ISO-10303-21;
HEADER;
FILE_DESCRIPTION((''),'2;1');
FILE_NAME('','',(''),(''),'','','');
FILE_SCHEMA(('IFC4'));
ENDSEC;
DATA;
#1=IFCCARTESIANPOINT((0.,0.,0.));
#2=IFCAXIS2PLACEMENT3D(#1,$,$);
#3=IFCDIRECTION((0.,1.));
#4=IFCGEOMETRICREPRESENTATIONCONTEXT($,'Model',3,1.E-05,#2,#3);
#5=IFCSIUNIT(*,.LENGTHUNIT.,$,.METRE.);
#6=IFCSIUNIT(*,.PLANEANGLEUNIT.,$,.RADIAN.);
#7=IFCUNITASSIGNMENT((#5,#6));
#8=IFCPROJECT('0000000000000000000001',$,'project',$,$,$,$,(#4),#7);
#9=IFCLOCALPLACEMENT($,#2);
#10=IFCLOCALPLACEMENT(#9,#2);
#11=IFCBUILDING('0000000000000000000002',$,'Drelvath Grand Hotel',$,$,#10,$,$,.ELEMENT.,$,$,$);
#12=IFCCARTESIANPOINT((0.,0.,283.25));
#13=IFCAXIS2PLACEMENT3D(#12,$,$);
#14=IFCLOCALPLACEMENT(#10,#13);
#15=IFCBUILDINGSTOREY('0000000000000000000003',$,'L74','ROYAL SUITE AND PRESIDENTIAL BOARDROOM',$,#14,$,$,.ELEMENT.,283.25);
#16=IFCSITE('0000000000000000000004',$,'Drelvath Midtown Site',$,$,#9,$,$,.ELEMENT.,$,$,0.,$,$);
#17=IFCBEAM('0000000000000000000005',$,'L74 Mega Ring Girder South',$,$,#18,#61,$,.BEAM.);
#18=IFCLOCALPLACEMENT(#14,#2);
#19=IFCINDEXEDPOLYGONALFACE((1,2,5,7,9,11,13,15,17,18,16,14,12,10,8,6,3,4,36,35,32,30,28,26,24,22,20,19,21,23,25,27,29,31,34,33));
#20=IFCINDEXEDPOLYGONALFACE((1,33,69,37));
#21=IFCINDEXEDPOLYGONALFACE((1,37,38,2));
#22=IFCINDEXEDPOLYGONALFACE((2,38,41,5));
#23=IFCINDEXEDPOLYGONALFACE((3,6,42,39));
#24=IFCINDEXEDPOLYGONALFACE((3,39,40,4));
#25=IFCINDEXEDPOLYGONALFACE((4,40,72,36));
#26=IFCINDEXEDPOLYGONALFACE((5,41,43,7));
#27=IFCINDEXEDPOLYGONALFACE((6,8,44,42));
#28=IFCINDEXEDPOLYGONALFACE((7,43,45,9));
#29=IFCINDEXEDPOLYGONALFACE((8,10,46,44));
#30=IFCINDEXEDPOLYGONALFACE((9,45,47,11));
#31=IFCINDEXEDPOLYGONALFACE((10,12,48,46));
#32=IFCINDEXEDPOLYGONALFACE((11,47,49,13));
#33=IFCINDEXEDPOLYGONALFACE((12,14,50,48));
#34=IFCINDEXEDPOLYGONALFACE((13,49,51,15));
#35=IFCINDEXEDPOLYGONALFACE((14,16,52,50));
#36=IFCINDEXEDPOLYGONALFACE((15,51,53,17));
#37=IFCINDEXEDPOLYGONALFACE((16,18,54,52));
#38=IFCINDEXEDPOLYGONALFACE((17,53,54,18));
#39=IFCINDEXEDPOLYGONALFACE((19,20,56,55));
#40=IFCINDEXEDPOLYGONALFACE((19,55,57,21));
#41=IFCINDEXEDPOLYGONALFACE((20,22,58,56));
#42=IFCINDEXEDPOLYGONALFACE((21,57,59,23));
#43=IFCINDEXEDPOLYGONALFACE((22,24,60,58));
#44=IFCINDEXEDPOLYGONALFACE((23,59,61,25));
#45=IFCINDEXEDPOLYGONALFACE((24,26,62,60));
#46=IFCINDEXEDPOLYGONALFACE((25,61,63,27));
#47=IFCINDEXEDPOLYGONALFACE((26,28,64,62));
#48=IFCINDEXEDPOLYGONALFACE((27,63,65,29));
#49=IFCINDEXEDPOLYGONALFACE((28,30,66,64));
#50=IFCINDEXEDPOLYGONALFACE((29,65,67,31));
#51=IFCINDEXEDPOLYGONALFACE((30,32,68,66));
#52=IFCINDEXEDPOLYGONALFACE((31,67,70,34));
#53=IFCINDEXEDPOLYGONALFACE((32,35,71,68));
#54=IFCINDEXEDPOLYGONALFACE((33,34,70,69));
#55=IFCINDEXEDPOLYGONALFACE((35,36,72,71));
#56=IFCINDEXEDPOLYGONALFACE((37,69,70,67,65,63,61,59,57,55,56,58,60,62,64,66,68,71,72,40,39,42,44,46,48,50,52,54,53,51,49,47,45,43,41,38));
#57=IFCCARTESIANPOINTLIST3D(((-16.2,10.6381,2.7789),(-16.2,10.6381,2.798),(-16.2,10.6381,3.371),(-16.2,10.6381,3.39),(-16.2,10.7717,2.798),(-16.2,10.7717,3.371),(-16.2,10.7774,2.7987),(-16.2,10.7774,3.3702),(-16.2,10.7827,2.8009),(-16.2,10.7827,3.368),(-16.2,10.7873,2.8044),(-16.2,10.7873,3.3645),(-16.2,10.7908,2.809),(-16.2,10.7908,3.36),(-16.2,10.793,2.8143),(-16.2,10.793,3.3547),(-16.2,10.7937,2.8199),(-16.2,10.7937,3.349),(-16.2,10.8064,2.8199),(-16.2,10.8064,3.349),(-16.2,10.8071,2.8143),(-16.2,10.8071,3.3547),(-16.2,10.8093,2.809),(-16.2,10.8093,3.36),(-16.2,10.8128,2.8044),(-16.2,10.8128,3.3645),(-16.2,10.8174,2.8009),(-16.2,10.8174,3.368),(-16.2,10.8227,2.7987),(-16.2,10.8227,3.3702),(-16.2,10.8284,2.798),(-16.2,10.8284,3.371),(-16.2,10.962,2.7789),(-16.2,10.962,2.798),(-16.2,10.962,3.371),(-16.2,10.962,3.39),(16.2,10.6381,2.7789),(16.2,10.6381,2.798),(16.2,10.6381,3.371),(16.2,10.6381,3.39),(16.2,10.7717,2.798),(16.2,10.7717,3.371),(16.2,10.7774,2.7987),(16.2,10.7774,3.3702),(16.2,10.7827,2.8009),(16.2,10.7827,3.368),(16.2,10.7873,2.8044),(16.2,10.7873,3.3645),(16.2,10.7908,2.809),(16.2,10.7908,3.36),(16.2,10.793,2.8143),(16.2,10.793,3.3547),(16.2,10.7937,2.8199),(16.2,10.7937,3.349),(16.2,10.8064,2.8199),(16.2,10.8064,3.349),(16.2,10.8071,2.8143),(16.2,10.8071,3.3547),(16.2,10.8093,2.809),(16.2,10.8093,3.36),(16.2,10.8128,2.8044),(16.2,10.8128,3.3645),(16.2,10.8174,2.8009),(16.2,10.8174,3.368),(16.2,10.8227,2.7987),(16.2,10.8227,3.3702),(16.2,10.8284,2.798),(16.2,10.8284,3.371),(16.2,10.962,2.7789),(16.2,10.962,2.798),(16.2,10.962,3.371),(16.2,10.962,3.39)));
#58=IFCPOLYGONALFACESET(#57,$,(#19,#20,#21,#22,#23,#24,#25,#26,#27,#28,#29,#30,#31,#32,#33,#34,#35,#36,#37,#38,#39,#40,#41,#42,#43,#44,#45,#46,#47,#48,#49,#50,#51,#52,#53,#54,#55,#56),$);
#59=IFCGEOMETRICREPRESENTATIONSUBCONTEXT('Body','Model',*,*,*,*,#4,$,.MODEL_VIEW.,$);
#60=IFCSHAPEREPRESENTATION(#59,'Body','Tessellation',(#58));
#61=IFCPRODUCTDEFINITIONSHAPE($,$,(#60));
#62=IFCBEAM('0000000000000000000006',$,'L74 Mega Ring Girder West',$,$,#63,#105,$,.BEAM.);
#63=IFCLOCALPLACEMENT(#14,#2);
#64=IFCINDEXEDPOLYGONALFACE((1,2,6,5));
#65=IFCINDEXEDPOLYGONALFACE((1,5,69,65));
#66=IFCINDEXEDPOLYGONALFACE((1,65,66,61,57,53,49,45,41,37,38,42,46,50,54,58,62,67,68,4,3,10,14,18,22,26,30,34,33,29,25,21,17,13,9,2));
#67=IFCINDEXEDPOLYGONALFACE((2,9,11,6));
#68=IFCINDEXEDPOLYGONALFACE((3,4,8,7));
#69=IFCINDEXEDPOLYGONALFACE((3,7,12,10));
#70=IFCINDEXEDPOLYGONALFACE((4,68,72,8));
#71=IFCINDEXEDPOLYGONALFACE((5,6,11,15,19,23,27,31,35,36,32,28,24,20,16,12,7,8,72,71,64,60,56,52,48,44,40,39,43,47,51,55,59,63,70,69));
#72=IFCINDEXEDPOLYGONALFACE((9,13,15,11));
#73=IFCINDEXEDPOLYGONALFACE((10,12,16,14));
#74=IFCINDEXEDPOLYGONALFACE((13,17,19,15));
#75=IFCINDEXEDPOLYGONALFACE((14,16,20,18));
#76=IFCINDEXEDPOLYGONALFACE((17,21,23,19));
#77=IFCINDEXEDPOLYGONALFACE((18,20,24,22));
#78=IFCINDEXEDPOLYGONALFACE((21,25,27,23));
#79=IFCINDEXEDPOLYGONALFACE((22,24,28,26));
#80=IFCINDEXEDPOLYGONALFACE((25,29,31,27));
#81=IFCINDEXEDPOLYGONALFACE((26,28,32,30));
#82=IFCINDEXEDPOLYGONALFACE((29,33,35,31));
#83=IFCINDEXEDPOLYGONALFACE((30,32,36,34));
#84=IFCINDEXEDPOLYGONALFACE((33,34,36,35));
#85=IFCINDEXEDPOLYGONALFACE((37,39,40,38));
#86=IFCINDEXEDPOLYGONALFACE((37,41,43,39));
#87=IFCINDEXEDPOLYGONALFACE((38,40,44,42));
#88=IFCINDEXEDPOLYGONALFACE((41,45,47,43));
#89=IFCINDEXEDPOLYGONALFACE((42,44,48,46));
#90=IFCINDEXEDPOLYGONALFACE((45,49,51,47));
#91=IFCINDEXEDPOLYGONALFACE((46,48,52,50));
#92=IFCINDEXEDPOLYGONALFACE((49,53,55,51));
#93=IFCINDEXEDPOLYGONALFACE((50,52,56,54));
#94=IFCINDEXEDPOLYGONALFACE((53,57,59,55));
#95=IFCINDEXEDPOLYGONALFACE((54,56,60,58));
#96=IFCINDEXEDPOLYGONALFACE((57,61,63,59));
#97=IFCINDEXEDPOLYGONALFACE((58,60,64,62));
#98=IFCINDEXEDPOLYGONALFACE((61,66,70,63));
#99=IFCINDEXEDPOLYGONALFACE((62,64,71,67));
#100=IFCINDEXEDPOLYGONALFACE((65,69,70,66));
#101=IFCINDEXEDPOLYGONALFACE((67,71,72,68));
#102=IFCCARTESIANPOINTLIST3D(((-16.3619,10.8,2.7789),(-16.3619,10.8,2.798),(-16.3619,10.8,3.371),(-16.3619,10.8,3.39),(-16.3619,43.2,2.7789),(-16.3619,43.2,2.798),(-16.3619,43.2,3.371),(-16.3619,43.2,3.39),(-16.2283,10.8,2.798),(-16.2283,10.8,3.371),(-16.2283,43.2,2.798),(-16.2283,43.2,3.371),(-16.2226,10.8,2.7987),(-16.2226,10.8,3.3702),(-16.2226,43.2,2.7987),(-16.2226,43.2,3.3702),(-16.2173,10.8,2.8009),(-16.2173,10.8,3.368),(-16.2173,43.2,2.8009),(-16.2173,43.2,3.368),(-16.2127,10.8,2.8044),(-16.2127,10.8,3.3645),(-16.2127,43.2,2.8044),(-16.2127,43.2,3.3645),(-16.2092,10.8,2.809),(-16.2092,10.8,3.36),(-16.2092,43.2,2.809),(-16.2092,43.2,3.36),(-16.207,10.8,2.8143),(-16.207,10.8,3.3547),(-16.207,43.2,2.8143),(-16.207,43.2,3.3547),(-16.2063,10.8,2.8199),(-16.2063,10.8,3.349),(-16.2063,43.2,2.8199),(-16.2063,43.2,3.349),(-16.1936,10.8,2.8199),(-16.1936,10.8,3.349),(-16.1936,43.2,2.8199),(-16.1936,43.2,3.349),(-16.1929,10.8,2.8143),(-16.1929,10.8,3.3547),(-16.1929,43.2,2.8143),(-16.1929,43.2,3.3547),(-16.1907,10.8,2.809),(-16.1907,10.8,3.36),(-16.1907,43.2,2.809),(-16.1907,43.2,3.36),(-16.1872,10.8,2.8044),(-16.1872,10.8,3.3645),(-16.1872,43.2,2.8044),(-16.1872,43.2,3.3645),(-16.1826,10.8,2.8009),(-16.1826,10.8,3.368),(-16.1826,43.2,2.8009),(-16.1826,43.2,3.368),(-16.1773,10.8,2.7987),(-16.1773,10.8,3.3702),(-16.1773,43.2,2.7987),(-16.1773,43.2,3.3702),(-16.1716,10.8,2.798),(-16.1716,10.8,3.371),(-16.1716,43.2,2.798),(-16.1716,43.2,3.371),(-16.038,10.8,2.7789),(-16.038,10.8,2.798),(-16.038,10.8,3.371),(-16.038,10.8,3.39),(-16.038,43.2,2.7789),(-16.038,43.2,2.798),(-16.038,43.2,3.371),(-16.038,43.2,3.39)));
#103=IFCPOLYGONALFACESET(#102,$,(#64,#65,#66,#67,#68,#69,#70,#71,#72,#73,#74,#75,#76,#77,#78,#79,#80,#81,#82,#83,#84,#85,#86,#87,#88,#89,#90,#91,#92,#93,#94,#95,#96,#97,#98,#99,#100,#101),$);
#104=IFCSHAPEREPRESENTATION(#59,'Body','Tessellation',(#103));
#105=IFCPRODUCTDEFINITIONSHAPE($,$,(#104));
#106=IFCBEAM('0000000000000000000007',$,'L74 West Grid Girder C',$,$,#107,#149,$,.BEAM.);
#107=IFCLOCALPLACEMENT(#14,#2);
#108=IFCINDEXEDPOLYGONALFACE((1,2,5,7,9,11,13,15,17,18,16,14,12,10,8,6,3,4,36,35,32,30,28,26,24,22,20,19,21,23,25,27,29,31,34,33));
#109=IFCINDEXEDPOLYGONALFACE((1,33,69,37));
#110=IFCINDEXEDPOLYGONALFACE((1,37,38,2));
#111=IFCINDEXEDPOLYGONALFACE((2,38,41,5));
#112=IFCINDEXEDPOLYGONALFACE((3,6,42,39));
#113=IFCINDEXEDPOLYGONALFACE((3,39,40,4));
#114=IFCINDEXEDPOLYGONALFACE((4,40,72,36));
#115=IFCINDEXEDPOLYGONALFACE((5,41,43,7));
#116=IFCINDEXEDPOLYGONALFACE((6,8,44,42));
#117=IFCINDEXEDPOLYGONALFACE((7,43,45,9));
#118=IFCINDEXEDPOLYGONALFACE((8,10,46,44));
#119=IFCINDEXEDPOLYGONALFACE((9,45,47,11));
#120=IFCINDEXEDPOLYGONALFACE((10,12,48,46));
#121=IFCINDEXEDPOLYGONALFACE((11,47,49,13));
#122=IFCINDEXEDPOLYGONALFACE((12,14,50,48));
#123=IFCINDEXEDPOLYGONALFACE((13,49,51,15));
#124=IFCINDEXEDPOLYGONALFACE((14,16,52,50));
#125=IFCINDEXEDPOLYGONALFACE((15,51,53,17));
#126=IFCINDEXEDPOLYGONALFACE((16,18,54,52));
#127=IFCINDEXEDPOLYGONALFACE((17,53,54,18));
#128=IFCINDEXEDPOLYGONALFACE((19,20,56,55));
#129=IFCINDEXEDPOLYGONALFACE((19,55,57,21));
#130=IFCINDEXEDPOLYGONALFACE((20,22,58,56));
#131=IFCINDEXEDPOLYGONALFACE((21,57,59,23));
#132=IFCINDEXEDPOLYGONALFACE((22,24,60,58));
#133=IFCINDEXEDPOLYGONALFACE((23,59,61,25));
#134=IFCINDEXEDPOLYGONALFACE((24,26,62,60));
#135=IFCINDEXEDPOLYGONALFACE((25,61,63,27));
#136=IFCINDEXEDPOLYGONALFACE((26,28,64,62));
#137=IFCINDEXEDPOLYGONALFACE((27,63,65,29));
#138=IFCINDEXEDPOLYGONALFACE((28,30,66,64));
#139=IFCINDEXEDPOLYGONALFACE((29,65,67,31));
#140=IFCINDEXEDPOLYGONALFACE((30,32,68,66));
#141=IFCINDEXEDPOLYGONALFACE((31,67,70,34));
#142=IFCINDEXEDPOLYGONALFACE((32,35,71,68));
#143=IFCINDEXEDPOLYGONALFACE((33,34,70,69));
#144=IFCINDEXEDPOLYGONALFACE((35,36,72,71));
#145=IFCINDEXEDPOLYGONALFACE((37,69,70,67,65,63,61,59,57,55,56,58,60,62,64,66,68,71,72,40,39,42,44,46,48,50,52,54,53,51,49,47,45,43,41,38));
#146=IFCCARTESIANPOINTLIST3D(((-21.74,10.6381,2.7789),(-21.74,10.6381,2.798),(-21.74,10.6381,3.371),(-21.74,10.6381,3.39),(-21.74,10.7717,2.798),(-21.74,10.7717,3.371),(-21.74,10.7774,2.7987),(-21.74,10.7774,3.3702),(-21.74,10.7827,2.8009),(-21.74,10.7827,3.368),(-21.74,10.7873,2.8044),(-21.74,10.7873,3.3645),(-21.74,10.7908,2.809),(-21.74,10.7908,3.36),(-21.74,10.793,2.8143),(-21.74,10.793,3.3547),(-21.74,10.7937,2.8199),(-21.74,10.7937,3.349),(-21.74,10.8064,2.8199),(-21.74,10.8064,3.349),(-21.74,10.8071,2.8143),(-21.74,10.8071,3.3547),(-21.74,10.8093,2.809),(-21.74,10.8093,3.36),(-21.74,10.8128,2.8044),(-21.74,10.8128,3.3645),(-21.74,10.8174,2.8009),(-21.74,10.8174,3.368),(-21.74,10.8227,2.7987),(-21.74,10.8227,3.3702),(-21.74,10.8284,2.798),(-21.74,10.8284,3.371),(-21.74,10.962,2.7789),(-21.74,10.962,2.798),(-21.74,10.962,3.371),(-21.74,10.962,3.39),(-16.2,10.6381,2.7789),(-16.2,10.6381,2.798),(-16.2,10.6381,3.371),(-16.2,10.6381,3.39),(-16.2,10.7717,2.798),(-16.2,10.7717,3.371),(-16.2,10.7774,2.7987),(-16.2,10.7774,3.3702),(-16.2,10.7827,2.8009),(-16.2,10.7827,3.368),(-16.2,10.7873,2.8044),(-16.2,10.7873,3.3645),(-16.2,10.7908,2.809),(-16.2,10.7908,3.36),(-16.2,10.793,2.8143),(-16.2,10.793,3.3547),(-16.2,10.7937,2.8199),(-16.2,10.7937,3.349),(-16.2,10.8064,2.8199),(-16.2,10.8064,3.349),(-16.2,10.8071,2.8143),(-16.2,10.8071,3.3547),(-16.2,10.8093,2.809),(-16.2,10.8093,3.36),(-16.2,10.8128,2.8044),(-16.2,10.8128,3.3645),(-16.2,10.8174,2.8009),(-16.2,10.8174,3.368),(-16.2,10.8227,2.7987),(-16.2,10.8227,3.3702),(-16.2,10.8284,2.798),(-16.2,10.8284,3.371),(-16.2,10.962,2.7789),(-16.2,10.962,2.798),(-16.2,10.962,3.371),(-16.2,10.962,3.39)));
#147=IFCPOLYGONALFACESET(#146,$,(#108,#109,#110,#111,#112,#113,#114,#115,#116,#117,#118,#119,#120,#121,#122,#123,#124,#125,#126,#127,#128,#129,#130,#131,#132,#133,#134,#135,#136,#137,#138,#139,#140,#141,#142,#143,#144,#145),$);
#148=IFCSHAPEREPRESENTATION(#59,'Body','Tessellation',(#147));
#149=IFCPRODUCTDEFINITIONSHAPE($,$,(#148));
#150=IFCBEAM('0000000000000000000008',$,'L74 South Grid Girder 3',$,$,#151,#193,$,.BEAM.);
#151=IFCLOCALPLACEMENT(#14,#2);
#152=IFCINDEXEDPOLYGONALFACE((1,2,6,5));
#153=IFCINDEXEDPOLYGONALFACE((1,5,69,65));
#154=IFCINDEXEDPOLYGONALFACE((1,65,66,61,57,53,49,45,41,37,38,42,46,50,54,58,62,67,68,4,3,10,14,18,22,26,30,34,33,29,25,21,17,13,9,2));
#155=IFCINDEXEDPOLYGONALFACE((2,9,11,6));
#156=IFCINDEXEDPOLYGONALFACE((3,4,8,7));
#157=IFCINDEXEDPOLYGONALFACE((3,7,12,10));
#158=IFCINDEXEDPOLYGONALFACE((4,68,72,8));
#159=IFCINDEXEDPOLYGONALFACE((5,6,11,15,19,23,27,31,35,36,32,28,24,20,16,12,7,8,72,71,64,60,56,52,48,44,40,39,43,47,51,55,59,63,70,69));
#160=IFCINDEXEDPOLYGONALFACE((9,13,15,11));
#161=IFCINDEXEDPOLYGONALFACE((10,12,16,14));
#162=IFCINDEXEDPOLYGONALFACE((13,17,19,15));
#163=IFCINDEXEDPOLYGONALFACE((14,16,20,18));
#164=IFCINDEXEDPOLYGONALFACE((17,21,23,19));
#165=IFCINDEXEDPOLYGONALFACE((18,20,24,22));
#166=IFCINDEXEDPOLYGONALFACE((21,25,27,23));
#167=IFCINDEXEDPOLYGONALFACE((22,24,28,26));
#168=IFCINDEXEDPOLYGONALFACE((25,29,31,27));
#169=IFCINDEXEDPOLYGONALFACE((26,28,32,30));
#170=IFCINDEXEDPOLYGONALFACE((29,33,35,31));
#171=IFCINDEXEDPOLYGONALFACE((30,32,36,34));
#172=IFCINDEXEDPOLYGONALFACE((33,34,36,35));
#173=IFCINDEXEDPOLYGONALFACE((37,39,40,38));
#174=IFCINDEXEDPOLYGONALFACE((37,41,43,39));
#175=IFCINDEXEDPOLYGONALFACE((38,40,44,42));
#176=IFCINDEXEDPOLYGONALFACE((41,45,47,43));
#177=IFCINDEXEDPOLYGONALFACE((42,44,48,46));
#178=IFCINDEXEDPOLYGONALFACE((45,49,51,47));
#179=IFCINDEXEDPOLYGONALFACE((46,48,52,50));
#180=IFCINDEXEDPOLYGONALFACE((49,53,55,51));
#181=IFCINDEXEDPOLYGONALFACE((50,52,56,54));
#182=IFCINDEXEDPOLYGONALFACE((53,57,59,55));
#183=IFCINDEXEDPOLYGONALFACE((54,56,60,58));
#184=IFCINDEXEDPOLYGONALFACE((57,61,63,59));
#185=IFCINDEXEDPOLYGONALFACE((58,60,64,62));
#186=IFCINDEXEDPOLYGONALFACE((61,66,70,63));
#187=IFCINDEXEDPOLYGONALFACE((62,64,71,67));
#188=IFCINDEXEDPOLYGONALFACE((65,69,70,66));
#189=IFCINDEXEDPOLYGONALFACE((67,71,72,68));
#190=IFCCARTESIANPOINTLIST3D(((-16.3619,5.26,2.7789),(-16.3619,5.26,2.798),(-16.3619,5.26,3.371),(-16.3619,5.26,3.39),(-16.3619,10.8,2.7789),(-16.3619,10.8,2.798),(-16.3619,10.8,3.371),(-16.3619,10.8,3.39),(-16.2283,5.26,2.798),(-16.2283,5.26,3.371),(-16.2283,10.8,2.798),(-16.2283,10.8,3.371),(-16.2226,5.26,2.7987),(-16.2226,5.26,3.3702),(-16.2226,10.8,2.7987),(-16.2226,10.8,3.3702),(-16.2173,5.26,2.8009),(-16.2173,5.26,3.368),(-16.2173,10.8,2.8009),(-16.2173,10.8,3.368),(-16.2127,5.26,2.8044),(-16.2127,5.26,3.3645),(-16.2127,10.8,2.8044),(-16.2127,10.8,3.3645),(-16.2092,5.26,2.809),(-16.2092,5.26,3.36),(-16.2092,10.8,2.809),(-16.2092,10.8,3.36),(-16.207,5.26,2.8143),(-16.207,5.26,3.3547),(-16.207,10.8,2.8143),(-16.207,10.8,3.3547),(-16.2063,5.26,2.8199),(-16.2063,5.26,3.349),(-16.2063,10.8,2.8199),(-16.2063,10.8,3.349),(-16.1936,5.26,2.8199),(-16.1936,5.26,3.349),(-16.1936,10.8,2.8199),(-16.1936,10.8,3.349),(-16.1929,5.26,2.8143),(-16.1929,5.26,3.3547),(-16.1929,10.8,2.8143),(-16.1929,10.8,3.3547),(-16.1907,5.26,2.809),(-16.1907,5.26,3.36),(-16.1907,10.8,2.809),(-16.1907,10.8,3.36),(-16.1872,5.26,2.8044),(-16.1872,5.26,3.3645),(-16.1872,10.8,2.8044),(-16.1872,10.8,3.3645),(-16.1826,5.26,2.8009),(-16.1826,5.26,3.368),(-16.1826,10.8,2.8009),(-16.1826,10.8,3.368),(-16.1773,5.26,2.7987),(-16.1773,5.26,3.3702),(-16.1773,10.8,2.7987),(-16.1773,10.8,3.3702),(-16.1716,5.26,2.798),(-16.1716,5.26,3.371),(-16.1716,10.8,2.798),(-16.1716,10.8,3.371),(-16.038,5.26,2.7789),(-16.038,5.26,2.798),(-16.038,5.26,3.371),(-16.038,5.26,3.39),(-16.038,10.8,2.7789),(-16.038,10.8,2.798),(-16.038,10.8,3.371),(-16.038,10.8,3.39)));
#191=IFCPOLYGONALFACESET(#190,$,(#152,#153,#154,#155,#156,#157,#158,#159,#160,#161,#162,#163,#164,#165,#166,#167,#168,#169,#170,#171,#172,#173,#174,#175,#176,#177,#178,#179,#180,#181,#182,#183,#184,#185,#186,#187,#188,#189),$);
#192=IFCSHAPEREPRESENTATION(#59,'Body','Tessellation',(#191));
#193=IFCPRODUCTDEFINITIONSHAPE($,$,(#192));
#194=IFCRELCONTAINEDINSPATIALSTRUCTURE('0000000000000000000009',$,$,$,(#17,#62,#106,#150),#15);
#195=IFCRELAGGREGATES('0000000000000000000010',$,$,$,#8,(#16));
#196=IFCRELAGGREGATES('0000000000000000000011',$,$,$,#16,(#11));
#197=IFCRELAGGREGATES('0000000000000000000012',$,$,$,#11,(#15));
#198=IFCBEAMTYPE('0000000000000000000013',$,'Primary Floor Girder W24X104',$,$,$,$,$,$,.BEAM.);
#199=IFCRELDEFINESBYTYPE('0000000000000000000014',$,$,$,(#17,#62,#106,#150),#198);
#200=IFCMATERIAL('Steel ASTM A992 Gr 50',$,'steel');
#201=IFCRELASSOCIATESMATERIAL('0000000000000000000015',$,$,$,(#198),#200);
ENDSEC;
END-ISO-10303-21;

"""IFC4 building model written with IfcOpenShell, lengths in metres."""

from ifc_helpers import new_model, si_unit, direction, frame, origin, origin_2d, place, context, subcontext, project, spatial, i_section, extrude, material, material_profile, profile_set, type_object, element, save


model = new_model("IFC4")

# Units and contexts
model_context = context("Model", 3, precision=1e-05, world=origin(), true_north=direction((0.0, 1.0)))
body_context = subcontext(model_context, "Body", "Model", "MODEL_VIEW")
ifc_project = project(units=[si_unit("LENGTHUNIT", "METRE"), si_unit("PLANEANGLEUNIT", "RADIAN")], contexts=[model_context])

# Site, building, storey
site_placement = place(None, origin())
site = spatial("IfcSite", under=ifc_project, at=site_placement, Name="Drelvath Midtown Site", CompositionType="ELEMENT", RefElevation=0.0)
building_placement = place(site_placement, origin())
building = spatial("IfcBuilding", under=site, at=building_placement, Name="Drelvath Grand Hotel", CompositionType="ELEMENT")
storey_placement = place(building_placement, frame((0.0, 0.0, 283.25)))
storey = spatial("IfcBuildingStorey", under=building, at=storey_placement, Name="L74", Description="ROYAL SUITE AND PRESIDENTIAL BOARDROOM", CompositionType="ELEMENT", Elevation=283.25)

# Shared definitions
ifc_material_1 = material(Name="Steel ASTM A992 Gr 50", Category="steel")

# Beams
ifc_material_profile_1 = material_profile(ifc_material_1, i_section(OverallWidth=0.324, OverallDepth=0.6111, WebThickness=0.0127, FlangeThickness=0.019, FilletRadius=0.022, at=origin_2d()), Name="W24X104")
ifc_profile_set_1 = profile_set([ifc_material_profile_1], Name="Steel ASTM A992 Gr 50")
beam_type_1 = type_object("IfcBeamType", Name="Primary Floor Girder W24X104", PredefinedType="BEAM", material=ifc_profile_set_1)
for number, where, z_axis, x_axis, name in (
    (1, (-16.2, 10.8, 3.0845), (1.0, 0.0, 0.0), (0.0, 1.0, 0.0), "L74 Mega Ring Girder South"),
    (2, (-16.2, 10.8, 3.0845), (0.0, 1.0, 0.0), (-1.0, 0.0, 0.0), "L74 Mega Ring Girder West"),
):
    element("IfcBeam", number, at=place(storey_placement, frame(where, z_axis=z_axis, x_axis=x_axis)), inside=storey, type_object=beam_type_1, Name=name, PredefinedType="BEAM", context=body_context, shape_type="SweptSolid", body=[
        extrude(i_section(OverallWidth=0.324, OverallDepth=0.6111, WebThickness=0.0127, FlangeThickness=0.019, FilletRadius=0.022, at=origin_2d()), origin(), (0.0, 0.0, 1.0), 32.3999),
    ])
for number, where, z_axis, x_axis, name in (
    (3, (-21.74, 10.8, 3.0845), (1.0, 0.0, 0.0), (0.0, 1.0, 0.0), "L74 West Grid Girder C"),
    (4, (-16.2, 5.26, 3.0845), (0.0, 1.0, 0.0), (-1.0, 0.0, 0.0), "L74 South Grid Girder 3"),
):
    element("IfcBeam", number, at=place(storey_placement, frame(where, z_axis=z_axis, x_axis=x_axis)), inside=storey, type_object=beam_type_1, Name=name, PredefinedType="BEAM", context=body_context, shape_type="SweptSolid", body=[
        extrude(i_section(OverallWidth=0.324, OverallDepth=0.6111, WebThickness=0.0127, FlangeThickness=0.019, FilletRadius=0.022, at=origin_2d()), origin(), (0.0, 0.0, 1.0), 5.54),
    ])

save(model, "model.ifc")
